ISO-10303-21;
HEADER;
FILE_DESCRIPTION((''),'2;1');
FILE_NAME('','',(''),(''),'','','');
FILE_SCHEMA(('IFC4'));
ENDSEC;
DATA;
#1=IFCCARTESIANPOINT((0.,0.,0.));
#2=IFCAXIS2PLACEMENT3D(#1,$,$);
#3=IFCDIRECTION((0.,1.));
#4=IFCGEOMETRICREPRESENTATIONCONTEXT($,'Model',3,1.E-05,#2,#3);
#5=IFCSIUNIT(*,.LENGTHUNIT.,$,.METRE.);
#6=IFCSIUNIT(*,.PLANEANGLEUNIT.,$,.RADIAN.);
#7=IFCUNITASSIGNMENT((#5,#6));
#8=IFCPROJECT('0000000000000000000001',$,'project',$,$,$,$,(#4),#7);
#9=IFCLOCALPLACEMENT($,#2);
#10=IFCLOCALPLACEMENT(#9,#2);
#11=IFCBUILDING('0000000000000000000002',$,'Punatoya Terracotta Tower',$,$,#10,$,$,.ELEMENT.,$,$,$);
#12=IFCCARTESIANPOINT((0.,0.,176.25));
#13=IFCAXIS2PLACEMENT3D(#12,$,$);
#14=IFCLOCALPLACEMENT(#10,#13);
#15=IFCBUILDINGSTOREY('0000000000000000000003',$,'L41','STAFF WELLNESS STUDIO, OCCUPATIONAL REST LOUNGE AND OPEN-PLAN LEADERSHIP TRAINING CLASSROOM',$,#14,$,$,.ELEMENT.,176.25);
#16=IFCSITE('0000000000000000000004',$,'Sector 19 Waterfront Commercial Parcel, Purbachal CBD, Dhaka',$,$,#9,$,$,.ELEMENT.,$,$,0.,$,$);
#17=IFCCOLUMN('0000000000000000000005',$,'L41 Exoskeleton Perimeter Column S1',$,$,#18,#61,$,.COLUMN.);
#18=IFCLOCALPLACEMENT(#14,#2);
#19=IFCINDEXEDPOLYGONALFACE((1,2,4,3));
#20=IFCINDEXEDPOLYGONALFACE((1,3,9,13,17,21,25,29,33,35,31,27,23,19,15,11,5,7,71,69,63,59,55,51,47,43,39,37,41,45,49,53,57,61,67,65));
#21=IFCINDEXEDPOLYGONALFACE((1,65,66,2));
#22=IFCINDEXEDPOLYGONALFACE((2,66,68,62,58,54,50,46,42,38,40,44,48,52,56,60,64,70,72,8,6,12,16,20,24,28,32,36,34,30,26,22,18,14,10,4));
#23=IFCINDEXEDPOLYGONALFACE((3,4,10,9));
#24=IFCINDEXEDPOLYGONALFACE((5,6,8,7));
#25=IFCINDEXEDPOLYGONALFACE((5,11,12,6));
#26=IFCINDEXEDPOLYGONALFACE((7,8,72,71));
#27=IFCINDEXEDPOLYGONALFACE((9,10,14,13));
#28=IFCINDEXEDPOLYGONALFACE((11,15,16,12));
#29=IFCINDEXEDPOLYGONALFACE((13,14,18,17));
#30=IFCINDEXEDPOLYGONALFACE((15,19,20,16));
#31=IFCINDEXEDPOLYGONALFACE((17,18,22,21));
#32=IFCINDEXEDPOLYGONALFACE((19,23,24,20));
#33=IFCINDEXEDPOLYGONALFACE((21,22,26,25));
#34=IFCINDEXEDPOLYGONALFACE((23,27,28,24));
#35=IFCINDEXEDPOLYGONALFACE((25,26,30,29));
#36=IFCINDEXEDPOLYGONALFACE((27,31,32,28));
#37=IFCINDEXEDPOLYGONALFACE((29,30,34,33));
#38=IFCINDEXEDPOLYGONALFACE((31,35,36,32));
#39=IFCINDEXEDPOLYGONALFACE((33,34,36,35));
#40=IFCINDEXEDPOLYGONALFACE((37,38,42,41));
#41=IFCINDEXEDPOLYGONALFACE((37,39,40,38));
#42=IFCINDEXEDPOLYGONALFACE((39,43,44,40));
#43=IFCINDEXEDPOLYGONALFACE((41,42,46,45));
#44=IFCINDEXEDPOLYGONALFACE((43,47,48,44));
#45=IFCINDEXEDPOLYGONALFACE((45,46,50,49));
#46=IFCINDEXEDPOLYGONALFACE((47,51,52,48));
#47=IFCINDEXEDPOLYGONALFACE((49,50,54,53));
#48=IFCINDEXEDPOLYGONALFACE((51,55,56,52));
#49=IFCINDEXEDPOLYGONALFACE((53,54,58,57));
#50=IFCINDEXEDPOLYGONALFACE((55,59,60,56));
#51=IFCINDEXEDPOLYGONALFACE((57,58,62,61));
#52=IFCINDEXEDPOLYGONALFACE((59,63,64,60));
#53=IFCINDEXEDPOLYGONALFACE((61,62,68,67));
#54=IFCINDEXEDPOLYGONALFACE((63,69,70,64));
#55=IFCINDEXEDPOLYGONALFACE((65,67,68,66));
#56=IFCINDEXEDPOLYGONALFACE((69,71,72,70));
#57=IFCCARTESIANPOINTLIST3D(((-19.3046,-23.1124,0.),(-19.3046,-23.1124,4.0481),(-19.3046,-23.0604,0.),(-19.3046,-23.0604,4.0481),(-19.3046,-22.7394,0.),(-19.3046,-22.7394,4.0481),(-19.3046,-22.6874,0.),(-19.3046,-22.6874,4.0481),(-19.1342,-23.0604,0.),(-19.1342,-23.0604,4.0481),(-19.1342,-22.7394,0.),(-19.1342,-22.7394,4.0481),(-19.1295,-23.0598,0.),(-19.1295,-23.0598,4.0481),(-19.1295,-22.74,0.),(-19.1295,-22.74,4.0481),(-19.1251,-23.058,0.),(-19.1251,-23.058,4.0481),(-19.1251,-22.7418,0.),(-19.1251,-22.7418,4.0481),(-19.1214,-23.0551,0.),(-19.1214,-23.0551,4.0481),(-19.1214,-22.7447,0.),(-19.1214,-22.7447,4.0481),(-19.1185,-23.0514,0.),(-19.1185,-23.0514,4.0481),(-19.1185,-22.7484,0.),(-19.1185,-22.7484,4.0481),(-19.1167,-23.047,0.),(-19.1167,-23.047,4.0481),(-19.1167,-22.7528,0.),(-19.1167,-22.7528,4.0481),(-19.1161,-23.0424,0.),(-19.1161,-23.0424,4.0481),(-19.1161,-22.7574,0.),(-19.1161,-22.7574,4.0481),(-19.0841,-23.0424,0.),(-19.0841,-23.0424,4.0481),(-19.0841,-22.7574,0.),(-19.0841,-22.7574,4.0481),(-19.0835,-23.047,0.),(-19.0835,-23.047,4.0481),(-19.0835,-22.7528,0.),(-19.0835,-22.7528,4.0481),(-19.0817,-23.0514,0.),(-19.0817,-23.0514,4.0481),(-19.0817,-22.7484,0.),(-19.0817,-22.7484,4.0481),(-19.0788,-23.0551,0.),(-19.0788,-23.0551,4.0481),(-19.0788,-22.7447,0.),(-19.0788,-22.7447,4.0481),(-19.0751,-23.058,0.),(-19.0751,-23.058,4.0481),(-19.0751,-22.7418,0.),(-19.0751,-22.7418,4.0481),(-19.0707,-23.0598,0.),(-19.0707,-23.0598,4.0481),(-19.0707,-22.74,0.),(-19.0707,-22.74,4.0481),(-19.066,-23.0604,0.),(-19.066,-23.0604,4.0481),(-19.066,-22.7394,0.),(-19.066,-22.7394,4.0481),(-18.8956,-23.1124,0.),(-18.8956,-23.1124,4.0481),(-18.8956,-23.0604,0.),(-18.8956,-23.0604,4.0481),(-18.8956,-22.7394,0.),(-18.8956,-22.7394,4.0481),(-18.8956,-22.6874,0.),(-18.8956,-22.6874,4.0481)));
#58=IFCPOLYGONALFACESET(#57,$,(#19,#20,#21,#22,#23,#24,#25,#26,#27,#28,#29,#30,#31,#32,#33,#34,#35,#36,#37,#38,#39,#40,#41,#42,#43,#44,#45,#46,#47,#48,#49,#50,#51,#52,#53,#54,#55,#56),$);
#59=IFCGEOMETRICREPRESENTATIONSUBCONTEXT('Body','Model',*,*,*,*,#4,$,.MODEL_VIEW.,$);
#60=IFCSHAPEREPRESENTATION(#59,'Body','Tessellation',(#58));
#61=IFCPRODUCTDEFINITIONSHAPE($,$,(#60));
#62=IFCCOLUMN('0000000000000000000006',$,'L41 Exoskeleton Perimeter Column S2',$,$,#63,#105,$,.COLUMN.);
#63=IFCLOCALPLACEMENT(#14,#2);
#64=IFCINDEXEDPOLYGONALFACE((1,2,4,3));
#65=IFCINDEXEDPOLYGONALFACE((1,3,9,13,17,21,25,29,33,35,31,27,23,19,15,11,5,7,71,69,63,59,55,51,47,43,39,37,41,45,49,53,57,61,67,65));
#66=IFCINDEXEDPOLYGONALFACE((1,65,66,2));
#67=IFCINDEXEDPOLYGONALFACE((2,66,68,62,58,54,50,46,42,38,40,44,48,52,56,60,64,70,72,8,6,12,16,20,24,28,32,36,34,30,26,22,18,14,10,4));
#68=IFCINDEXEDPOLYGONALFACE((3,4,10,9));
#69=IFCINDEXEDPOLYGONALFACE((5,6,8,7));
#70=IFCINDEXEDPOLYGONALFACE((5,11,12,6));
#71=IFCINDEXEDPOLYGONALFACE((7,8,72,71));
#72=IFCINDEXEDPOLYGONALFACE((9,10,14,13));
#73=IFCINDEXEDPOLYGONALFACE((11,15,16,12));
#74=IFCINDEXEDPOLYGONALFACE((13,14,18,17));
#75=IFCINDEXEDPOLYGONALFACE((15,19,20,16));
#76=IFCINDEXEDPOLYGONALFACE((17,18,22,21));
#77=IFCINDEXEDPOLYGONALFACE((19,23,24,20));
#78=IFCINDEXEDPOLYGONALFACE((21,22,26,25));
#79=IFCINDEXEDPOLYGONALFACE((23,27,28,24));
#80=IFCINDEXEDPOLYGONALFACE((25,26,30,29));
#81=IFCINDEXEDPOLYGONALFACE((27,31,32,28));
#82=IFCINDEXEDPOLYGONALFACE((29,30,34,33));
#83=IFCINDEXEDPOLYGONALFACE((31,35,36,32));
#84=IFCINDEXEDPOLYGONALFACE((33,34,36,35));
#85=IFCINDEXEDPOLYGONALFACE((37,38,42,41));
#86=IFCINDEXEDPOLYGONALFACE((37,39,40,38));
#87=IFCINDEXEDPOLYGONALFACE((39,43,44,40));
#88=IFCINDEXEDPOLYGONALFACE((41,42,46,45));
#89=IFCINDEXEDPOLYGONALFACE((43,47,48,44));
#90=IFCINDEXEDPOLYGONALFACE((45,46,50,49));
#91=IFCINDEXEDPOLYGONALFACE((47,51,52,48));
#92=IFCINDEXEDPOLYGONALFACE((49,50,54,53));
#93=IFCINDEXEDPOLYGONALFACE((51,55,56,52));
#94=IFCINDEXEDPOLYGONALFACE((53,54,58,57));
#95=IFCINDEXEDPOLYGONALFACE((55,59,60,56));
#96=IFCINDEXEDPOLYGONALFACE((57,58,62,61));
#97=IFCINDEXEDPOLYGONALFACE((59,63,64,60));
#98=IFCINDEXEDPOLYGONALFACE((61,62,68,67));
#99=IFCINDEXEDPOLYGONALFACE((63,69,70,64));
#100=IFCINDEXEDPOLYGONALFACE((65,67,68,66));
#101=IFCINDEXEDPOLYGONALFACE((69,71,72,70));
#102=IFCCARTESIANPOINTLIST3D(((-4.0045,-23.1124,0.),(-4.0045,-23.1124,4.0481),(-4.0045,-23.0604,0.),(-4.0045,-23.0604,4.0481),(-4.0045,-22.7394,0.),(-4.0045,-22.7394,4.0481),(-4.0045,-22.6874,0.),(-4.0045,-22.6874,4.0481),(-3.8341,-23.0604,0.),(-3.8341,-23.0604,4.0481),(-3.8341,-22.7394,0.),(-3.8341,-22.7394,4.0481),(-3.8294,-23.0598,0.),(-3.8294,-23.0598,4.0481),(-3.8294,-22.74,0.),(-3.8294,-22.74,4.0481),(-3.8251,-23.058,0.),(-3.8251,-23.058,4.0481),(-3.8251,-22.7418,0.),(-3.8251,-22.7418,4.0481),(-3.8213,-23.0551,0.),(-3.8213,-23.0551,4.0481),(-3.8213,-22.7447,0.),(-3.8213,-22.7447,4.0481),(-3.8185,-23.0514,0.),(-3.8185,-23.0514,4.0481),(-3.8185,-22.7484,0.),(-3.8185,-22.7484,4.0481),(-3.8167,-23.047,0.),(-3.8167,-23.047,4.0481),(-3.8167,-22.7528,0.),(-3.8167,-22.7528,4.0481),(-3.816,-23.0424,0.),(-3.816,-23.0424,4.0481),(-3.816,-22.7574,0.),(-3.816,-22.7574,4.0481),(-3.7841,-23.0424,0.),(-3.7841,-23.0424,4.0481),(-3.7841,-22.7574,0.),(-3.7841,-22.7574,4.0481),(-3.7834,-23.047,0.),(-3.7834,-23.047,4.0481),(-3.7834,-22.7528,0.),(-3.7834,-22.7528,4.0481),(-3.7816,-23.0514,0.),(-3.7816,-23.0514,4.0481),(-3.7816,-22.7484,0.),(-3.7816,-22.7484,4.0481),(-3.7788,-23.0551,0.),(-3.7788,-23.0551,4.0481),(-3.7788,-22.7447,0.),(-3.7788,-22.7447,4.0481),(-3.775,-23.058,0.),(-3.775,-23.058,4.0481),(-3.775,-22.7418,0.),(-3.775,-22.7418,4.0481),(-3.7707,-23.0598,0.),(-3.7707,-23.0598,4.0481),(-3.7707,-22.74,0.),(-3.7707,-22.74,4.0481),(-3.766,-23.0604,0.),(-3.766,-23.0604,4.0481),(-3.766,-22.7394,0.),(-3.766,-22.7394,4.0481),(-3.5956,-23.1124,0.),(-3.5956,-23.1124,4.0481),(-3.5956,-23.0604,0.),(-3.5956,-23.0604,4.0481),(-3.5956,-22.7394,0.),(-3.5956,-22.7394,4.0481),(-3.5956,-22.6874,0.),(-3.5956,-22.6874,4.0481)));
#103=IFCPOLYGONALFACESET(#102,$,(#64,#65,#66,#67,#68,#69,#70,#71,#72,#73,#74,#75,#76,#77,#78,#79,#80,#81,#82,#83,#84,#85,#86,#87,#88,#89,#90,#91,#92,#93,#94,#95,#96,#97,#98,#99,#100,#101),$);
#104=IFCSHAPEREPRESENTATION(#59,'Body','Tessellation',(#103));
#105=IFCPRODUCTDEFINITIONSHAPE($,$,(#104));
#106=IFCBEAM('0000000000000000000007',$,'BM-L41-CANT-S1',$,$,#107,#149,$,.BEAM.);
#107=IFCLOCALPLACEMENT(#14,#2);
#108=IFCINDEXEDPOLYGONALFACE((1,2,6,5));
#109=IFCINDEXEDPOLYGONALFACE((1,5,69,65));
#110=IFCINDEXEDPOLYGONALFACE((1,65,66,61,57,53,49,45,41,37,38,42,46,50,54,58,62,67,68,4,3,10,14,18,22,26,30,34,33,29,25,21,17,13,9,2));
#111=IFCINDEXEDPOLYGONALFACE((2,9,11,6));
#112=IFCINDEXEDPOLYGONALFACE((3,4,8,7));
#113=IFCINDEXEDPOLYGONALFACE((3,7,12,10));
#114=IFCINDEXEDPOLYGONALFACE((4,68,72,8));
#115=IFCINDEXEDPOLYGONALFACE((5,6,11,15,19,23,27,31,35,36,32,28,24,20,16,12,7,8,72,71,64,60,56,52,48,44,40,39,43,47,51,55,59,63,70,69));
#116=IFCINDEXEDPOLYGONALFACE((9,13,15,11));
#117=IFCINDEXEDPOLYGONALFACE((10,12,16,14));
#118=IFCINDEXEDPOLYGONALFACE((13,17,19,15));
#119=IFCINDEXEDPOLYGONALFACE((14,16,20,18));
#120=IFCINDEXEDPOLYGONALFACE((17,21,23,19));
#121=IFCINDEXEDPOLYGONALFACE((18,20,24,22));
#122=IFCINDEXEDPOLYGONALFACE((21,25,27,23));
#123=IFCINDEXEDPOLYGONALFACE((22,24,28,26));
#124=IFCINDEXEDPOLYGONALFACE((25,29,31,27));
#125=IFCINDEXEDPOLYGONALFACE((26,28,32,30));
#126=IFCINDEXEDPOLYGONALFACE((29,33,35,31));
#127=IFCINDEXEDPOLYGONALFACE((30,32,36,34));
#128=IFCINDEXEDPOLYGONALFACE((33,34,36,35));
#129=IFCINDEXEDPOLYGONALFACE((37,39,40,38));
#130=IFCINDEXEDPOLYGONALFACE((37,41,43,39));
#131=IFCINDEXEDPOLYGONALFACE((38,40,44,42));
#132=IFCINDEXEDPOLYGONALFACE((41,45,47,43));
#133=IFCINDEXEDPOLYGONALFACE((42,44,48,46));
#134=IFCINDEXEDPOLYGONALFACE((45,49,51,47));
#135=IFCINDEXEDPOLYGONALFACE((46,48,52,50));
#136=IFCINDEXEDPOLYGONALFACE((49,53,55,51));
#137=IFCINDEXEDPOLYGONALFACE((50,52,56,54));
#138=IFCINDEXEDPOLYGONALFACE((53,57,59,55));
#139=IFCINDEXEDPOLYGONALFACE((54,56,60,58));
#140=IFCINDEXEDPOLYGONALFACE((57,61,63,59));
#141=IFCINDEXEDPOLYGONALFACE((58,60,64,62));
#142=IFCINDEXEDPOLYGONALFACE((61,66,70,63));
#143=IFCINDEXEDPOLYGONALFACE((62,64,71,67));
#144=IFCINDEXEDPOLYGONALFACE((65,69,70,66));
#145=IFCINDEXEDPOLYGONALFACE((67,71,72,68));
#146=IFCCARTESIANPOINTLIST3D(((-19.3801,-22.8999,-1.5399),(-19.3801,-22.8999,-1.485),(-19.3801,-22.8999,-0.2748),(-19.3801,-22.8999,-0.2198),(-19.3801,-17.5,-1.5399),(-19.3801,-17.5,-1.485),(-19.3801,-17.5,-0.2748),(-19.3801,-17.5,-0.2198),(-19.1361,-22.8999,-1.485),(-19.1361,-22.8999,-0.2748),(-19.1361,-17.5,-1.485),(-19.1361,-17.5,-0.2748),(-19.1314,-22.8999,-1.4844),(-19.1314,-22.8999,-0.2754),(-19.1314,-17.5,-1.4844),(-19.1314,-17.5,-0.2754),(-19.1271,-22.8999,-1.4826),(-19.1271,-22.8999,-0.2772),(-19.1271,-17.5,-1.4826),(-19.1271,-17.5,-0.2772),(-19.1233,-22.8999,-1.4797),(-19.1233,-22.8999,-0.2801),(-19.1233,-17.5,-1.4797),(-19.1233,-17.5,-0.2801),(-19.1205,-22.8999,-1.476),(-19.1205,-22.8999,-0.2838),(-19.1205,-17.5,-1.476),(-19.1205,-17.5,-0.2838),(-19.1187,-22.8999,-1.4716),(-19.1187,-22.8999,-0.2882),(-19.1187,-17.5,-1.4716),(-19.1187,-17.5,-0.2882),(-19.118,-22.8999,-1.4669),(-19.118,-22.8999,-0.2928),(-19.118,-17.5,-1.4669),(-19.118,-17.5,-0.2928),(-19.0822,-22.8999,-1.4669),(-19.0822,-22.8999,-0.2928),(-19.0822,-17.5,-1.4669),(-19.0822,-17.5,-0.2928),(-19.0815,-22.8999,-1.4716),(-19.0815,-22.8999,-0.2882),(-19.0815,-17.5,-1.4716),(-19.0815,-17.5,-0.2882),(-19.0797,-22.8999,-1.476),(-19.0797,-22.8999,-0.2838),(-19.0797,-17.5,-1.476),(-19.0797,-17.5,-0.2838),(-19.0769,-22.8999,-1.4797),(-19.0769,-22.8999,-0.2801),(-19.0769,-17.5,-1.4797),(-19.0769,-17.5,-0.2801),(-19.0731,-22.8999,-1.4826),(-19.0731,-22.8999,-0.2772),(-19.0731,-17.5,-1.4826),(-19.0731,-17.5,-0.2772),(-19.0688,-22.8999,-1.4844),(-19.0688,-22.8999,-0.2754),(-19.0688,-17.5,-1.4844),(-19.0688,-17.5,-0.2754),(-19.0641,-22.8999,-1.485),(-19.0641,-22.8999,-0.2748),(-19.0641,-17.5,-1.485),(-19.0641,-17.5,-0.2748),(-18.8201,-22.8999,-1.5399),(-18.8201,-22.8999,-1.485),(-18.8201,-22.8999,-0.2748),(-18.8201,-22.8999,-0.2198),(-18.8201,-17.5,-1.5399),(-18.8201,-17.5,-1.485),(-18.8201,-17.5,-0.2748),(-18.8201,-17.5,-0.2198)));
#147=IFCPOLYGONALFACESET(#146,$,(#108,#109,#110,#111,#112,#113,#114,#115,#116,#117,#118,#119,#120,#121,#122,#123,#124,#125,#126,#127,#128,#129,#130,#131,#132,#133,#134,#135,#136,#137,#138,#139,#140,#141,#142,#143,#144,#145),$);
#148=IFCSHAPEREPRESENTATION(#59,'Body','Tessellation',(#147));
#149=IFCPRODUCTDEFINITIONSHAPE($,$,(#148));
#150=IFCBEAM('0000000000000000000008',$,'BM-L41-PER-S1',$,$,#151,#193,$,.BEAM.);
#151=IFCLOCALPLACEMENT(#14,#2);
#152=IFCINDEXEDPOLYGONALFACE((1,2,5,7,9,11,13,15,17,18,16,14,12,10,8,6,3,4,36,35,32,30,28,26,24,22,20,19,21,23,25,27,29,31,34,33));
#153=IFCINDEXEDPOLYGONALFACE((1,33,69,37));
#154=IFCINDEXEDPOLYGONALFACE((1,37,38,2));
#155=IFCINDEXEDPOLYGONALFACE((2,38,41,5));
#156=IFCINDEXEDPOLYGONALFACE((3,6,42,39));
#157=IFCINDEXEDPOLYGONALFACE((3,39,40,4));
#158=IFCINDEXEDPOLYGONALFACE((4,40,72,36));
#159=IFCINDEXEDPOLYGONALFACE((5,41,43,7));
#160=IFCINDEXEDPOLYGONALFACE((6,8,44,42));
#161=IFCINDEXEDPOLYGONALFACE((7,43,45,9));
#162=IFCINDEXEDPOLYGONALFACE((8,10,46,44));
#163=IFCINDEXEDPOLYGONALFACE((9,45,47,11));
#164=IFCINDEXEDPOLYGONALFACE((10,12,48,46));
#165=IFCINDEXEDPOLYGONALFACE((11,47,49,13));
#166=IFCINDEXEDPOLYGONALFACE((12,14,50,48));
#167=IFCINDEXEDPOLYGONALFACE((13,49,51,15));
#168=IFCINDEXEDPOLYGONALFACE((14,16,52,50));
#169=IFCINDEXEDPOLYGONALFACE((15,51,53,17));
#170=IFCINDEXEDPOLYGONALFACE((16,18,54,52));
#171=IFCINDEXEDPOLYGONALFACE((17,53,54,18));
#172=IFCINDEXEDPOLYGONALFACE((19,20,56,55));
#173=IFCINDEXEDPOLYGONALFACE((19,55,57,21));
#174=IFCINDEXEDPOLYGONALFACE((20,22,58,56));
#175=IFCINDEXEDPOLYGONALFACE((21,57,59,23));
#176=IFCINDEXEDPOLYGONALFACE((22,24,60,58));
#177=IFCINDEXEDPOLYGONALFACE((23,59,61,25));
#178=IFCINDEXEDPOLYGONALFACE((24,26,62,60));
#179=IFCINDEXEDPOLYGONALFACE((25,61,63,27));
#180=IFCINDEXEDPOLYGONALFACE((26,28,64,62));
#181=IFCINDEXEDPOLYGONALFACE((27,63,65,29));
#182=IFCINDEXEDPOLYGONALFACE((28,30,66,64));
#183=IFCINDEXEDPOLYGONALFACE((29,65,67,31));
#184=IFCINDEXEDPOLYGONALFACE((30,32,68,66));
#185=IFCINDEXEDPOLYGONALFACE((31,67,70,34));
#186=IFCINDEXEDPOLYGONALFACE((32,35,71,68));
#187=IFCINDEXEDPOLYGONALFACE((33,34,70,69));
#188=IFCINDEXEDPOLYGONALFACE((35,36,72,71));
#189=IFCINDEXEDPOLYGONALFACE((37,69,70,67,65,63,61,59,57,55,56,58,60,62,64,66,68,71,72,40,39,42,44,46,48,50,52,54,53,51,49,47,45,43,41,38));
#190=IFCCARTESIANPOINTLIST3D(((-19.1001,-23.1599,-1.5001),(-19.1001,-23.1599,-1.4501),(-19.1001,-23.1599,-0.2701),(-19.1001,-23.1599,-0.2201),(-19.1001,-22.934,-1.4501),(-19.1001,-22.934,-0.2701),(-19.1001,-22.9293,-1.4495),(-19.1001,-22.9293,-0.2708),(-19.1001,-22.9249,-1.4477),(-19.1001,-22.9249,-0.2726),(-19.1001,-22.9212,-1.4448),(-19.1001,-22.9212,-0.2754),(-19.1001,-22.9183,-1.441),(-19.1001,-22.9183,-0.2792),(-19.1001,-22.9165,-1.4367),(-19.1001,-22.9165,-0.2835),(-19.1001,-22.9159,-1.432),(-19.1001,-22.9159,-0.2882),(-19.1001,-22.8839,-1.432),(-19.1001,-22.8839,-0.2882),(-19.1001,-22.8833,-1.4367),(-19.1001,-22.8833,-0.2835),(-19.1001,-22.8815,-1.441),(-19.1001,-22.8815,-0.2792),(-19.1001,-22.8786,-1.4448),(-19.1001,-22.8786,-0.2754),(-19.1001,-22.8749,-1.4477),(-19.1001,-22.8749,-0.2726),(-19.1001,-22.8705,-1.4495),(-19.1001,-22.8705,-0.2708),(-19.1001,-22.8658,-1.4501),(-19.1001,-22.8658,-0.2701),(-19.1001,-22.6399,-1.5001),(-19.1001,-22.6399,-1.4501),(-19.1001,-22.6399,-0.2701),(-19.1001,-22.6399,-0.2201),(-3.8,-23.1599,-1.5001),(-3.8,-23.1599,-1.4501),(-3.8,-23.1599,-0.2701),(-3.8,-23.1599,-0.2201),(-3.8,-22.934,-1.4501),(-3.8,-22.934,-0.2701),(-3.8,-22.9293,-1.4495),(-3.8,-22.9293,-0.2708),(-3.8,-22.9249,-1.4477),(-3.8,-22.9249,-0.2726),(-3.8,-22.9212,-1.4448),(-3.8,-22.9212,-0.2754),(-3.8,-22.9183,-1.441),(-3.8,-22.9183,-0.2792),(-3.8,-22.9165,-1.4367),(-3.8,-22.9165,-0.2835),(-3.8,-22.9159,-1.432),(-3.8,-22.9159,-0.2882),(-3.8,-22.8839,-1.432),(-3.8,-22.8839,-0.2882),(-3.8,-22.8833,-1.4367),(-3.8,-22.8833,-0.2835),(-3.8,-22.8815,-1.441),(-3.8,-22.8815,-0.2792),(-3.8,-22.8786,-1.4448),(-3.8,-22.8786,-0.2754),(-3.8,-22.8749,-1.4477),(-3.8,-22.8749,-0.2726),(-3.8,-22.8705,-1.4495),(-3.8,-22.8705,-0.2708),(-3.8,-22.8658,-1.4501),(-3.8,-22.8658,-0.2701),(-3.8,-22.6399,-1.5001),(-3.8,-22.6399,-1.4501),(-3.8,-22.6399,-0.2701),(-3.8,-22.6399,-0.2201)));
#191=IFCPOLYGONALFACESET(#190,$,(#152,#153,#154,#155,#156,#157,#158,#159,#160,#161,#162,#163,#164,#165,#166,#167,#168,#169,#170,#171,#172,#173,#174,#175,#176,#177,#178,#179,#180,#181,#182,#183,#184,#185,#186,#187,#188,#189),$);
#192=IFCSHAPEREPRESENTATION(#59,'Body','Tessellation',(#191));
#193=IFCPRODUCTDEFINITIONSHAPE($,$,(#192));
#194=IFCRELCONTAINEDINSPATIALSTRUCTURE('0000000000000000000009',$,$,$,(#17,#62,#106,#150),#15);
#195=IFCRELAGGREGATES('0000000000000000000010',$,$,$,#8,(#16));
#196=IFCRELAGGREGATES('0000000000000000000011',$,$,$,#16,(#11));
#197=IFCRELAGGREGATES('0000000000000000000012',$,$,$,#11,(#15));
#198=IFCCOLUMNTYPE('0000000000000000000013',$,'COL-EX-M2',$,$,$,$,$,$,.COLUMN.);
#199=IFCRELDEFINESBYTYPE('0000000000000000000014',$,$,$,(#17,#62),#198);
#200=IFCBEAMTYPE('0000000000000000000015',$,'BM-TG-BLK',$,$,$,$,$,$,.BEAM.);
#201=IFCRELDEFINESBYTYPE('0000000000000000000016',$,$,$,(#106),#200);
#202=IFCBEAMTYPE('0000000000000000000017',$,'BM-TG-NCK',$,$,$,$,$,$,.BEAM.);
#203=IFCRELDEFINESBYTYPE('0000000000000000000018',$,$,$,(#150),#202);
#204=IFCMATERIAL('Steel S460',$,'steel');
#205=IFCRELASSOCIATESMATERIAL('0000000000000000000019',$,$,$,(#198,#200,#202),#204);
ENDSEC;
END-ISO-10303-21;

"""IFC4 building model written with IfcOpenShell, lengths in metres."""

from ifc_helpers import new_model, si_unit, direction, frame, origin, origin_2d, place, context, subcontext, project, spatial, i_section, extrude, material, material_profile, profile_set, type_object, element, save


model = new_model("IFC4")

# Units and contexts
model_context = context("Model", 3, precision=1e-05, world=origin(), true_north=direction((0.0, 1.0)))
body_context = subcontext(model_context, "Body", "Model", "MODEL_VIEW")
ifc_project = project(units=[si_unit("LENGTHUNIT", "METRE"), si_unit("PLANEANGLEUNIT", "RADIAN")], contexts=[model_context])

# Site, building, storey
site_placement = place(None, origin())
site = spatial("IfcSite", under=ifc_project, at=site_placement, Name="Sector 19 Waterfront Commercial Parcel, Purbachal CBD, Dhaka", CompositionType="ELEMENT", RefElevation=0.0)
building_placement = place(site_placement, origin())
building = spatial("IfcBuilding", under=site, at=building_placement, Name="Punatoya Terracotta Tower", CompositionType="ELEMENT")
storey_placement = place(building_placement, frame((0.0, 0.0, 176.25)))
storey = spatial("IfcBuildingStorey", under=building, at=storey_placement, Name="L41", Description="STAFF WELLNESS STUDIO, OCCUPATIONAL REST LOUNGE AND OPEN-PLAN LEADERSHIP TRAINING CLASSROOM", CompositionType="ELEMENT", Elevation=176.25)

# Columns
ifc_material_1 = material(Name="Steel S460", Category="steel")
ifc_material_profile_1 = material_profile(ifc_material_1, i_section(OverallWidth=0.4089, OverallDepth=0.425, WebThickness=0.032, FlangeThickness=0.052, FilletRadius=0.0181, at=origin_2d()))
ifc_profile_set_1 = profile_set([ifc_material_profile_1], Name="Steel S460")
column_type = type_object("IfcColumnType", Name="COL-EX-M2", PredefinedType="COLUMN", material=ifc_profile_set_1)
for number, where, z_axis, x_axis, name in (
    (1, (-19.1001, -22.8999, 0.0), (0.0, 0.0, 1.0), (1.0, 0.0, 0.0), "L41 Exoskeleton Perimeter Column S1"),
    (2, (-3.8, -22.8999, 0.0), (0.0, 0.0, 1.0), (1.0, 0.0, 0.0), "L41 Exoskeleton Perimeter Column S2"),
):
    element("IfcColumn", number, at=place(storey_placement, frame(where, z_axis=z_axis, x_axis=x_axis)), inside=storey, type_object=column_type, Name=name, PredefinedType="COLUMN", context=body_context, shape_type="SweptSolid", body=[
        extrude(i_section(OverallWidth=0.4089, OverallDepth=0.425, WebThickness=0.032, FlangeThickness=0.052, FilletRadius=0.0181, at=origin_2d()), origin(), (0.0, 0.0, 1.0), 4.0481),
    ])

# Beams
ifc_material_profile_2 = material_profile(ifc_material_1, i_section(OverallWidth=0.5601, OverallDepth=1.3201, WebThickness=0.0359, FlangeThickness=0.0549, FilletRadius=0.0181, at=origin_2d()))
ifc_profile_set_2 = profile_set([ifc_material_profile_2], Name="Steel S460")
beam_type_1 = type_object("IfcBeamType", Name="BM-TG-BLK", PredefinedType="BEAM", material=ifc_profile_set_2)
beam_1_placement = place(storey_placement, frame((-19.1001, -22.8999, -0.8799), z_axis=(0.0, 1.0, 0.0), x_axis=(-1.0, 0.0, 0.0)))
element("IfcBeam", 3, at=beam_1_placement, inside=storey, type_object=beam_type_1, Name="BM-L41-CANT-S1", PredefinedType="BEAM", context=body_context, shape_type="SweptSolid", body=[
    extrude(i_section(OverallWidth=0.5601, OverallDepth=1.3201, WebThickness=0.0359, FlangeThickness=0.0549, FilletRadius=0.0181, at=origin_2d()), origin(), (0.0, 0.0, 1.0), 5.3999),
])
ifc_material_profile_3 = material_profile(ifc_material_1, i_section(OverallWidth=0.52, OverallDepth=1.28, WebThickness=0.032, FlangeThickness=0.05, FilletRadius=0.0181, at=origin_2d()))
ifc_profile_set_3 = profile_set([ifc_material_profile_3], Name="Steel S460")
beam_type_2 = type_object("IfcBeamType", Name="BM-TG-NCK", PredefinedType="BEAM", material=ifc_profile_set_3)
beam_2_placement = place(storey_placement, frame((-19.1001, -22.8999, -0.8601), z_axis=(1.0, 0.0, 0.0), x_axis=(0.0, 1.0, 0.0)))
element("IfcBeam", 4, at=beam_2_placement, inside=storey, type_object=beam_type_2, Name="BM-L41-PER-S1", PredefinedType="BEAM", context=body_context, shape_type="SweptSolid", body=[
    extrude(i_section(OverallWidth=0.52, OverallDepth=1.28, WebThickness=0.032, FlangeThickness=0.05, FilletRadius=0.0181, at=origin_2d()), origin(), (0.0, 0.0, 1.0), 15.3),
])

save(model, "model.ifc")
